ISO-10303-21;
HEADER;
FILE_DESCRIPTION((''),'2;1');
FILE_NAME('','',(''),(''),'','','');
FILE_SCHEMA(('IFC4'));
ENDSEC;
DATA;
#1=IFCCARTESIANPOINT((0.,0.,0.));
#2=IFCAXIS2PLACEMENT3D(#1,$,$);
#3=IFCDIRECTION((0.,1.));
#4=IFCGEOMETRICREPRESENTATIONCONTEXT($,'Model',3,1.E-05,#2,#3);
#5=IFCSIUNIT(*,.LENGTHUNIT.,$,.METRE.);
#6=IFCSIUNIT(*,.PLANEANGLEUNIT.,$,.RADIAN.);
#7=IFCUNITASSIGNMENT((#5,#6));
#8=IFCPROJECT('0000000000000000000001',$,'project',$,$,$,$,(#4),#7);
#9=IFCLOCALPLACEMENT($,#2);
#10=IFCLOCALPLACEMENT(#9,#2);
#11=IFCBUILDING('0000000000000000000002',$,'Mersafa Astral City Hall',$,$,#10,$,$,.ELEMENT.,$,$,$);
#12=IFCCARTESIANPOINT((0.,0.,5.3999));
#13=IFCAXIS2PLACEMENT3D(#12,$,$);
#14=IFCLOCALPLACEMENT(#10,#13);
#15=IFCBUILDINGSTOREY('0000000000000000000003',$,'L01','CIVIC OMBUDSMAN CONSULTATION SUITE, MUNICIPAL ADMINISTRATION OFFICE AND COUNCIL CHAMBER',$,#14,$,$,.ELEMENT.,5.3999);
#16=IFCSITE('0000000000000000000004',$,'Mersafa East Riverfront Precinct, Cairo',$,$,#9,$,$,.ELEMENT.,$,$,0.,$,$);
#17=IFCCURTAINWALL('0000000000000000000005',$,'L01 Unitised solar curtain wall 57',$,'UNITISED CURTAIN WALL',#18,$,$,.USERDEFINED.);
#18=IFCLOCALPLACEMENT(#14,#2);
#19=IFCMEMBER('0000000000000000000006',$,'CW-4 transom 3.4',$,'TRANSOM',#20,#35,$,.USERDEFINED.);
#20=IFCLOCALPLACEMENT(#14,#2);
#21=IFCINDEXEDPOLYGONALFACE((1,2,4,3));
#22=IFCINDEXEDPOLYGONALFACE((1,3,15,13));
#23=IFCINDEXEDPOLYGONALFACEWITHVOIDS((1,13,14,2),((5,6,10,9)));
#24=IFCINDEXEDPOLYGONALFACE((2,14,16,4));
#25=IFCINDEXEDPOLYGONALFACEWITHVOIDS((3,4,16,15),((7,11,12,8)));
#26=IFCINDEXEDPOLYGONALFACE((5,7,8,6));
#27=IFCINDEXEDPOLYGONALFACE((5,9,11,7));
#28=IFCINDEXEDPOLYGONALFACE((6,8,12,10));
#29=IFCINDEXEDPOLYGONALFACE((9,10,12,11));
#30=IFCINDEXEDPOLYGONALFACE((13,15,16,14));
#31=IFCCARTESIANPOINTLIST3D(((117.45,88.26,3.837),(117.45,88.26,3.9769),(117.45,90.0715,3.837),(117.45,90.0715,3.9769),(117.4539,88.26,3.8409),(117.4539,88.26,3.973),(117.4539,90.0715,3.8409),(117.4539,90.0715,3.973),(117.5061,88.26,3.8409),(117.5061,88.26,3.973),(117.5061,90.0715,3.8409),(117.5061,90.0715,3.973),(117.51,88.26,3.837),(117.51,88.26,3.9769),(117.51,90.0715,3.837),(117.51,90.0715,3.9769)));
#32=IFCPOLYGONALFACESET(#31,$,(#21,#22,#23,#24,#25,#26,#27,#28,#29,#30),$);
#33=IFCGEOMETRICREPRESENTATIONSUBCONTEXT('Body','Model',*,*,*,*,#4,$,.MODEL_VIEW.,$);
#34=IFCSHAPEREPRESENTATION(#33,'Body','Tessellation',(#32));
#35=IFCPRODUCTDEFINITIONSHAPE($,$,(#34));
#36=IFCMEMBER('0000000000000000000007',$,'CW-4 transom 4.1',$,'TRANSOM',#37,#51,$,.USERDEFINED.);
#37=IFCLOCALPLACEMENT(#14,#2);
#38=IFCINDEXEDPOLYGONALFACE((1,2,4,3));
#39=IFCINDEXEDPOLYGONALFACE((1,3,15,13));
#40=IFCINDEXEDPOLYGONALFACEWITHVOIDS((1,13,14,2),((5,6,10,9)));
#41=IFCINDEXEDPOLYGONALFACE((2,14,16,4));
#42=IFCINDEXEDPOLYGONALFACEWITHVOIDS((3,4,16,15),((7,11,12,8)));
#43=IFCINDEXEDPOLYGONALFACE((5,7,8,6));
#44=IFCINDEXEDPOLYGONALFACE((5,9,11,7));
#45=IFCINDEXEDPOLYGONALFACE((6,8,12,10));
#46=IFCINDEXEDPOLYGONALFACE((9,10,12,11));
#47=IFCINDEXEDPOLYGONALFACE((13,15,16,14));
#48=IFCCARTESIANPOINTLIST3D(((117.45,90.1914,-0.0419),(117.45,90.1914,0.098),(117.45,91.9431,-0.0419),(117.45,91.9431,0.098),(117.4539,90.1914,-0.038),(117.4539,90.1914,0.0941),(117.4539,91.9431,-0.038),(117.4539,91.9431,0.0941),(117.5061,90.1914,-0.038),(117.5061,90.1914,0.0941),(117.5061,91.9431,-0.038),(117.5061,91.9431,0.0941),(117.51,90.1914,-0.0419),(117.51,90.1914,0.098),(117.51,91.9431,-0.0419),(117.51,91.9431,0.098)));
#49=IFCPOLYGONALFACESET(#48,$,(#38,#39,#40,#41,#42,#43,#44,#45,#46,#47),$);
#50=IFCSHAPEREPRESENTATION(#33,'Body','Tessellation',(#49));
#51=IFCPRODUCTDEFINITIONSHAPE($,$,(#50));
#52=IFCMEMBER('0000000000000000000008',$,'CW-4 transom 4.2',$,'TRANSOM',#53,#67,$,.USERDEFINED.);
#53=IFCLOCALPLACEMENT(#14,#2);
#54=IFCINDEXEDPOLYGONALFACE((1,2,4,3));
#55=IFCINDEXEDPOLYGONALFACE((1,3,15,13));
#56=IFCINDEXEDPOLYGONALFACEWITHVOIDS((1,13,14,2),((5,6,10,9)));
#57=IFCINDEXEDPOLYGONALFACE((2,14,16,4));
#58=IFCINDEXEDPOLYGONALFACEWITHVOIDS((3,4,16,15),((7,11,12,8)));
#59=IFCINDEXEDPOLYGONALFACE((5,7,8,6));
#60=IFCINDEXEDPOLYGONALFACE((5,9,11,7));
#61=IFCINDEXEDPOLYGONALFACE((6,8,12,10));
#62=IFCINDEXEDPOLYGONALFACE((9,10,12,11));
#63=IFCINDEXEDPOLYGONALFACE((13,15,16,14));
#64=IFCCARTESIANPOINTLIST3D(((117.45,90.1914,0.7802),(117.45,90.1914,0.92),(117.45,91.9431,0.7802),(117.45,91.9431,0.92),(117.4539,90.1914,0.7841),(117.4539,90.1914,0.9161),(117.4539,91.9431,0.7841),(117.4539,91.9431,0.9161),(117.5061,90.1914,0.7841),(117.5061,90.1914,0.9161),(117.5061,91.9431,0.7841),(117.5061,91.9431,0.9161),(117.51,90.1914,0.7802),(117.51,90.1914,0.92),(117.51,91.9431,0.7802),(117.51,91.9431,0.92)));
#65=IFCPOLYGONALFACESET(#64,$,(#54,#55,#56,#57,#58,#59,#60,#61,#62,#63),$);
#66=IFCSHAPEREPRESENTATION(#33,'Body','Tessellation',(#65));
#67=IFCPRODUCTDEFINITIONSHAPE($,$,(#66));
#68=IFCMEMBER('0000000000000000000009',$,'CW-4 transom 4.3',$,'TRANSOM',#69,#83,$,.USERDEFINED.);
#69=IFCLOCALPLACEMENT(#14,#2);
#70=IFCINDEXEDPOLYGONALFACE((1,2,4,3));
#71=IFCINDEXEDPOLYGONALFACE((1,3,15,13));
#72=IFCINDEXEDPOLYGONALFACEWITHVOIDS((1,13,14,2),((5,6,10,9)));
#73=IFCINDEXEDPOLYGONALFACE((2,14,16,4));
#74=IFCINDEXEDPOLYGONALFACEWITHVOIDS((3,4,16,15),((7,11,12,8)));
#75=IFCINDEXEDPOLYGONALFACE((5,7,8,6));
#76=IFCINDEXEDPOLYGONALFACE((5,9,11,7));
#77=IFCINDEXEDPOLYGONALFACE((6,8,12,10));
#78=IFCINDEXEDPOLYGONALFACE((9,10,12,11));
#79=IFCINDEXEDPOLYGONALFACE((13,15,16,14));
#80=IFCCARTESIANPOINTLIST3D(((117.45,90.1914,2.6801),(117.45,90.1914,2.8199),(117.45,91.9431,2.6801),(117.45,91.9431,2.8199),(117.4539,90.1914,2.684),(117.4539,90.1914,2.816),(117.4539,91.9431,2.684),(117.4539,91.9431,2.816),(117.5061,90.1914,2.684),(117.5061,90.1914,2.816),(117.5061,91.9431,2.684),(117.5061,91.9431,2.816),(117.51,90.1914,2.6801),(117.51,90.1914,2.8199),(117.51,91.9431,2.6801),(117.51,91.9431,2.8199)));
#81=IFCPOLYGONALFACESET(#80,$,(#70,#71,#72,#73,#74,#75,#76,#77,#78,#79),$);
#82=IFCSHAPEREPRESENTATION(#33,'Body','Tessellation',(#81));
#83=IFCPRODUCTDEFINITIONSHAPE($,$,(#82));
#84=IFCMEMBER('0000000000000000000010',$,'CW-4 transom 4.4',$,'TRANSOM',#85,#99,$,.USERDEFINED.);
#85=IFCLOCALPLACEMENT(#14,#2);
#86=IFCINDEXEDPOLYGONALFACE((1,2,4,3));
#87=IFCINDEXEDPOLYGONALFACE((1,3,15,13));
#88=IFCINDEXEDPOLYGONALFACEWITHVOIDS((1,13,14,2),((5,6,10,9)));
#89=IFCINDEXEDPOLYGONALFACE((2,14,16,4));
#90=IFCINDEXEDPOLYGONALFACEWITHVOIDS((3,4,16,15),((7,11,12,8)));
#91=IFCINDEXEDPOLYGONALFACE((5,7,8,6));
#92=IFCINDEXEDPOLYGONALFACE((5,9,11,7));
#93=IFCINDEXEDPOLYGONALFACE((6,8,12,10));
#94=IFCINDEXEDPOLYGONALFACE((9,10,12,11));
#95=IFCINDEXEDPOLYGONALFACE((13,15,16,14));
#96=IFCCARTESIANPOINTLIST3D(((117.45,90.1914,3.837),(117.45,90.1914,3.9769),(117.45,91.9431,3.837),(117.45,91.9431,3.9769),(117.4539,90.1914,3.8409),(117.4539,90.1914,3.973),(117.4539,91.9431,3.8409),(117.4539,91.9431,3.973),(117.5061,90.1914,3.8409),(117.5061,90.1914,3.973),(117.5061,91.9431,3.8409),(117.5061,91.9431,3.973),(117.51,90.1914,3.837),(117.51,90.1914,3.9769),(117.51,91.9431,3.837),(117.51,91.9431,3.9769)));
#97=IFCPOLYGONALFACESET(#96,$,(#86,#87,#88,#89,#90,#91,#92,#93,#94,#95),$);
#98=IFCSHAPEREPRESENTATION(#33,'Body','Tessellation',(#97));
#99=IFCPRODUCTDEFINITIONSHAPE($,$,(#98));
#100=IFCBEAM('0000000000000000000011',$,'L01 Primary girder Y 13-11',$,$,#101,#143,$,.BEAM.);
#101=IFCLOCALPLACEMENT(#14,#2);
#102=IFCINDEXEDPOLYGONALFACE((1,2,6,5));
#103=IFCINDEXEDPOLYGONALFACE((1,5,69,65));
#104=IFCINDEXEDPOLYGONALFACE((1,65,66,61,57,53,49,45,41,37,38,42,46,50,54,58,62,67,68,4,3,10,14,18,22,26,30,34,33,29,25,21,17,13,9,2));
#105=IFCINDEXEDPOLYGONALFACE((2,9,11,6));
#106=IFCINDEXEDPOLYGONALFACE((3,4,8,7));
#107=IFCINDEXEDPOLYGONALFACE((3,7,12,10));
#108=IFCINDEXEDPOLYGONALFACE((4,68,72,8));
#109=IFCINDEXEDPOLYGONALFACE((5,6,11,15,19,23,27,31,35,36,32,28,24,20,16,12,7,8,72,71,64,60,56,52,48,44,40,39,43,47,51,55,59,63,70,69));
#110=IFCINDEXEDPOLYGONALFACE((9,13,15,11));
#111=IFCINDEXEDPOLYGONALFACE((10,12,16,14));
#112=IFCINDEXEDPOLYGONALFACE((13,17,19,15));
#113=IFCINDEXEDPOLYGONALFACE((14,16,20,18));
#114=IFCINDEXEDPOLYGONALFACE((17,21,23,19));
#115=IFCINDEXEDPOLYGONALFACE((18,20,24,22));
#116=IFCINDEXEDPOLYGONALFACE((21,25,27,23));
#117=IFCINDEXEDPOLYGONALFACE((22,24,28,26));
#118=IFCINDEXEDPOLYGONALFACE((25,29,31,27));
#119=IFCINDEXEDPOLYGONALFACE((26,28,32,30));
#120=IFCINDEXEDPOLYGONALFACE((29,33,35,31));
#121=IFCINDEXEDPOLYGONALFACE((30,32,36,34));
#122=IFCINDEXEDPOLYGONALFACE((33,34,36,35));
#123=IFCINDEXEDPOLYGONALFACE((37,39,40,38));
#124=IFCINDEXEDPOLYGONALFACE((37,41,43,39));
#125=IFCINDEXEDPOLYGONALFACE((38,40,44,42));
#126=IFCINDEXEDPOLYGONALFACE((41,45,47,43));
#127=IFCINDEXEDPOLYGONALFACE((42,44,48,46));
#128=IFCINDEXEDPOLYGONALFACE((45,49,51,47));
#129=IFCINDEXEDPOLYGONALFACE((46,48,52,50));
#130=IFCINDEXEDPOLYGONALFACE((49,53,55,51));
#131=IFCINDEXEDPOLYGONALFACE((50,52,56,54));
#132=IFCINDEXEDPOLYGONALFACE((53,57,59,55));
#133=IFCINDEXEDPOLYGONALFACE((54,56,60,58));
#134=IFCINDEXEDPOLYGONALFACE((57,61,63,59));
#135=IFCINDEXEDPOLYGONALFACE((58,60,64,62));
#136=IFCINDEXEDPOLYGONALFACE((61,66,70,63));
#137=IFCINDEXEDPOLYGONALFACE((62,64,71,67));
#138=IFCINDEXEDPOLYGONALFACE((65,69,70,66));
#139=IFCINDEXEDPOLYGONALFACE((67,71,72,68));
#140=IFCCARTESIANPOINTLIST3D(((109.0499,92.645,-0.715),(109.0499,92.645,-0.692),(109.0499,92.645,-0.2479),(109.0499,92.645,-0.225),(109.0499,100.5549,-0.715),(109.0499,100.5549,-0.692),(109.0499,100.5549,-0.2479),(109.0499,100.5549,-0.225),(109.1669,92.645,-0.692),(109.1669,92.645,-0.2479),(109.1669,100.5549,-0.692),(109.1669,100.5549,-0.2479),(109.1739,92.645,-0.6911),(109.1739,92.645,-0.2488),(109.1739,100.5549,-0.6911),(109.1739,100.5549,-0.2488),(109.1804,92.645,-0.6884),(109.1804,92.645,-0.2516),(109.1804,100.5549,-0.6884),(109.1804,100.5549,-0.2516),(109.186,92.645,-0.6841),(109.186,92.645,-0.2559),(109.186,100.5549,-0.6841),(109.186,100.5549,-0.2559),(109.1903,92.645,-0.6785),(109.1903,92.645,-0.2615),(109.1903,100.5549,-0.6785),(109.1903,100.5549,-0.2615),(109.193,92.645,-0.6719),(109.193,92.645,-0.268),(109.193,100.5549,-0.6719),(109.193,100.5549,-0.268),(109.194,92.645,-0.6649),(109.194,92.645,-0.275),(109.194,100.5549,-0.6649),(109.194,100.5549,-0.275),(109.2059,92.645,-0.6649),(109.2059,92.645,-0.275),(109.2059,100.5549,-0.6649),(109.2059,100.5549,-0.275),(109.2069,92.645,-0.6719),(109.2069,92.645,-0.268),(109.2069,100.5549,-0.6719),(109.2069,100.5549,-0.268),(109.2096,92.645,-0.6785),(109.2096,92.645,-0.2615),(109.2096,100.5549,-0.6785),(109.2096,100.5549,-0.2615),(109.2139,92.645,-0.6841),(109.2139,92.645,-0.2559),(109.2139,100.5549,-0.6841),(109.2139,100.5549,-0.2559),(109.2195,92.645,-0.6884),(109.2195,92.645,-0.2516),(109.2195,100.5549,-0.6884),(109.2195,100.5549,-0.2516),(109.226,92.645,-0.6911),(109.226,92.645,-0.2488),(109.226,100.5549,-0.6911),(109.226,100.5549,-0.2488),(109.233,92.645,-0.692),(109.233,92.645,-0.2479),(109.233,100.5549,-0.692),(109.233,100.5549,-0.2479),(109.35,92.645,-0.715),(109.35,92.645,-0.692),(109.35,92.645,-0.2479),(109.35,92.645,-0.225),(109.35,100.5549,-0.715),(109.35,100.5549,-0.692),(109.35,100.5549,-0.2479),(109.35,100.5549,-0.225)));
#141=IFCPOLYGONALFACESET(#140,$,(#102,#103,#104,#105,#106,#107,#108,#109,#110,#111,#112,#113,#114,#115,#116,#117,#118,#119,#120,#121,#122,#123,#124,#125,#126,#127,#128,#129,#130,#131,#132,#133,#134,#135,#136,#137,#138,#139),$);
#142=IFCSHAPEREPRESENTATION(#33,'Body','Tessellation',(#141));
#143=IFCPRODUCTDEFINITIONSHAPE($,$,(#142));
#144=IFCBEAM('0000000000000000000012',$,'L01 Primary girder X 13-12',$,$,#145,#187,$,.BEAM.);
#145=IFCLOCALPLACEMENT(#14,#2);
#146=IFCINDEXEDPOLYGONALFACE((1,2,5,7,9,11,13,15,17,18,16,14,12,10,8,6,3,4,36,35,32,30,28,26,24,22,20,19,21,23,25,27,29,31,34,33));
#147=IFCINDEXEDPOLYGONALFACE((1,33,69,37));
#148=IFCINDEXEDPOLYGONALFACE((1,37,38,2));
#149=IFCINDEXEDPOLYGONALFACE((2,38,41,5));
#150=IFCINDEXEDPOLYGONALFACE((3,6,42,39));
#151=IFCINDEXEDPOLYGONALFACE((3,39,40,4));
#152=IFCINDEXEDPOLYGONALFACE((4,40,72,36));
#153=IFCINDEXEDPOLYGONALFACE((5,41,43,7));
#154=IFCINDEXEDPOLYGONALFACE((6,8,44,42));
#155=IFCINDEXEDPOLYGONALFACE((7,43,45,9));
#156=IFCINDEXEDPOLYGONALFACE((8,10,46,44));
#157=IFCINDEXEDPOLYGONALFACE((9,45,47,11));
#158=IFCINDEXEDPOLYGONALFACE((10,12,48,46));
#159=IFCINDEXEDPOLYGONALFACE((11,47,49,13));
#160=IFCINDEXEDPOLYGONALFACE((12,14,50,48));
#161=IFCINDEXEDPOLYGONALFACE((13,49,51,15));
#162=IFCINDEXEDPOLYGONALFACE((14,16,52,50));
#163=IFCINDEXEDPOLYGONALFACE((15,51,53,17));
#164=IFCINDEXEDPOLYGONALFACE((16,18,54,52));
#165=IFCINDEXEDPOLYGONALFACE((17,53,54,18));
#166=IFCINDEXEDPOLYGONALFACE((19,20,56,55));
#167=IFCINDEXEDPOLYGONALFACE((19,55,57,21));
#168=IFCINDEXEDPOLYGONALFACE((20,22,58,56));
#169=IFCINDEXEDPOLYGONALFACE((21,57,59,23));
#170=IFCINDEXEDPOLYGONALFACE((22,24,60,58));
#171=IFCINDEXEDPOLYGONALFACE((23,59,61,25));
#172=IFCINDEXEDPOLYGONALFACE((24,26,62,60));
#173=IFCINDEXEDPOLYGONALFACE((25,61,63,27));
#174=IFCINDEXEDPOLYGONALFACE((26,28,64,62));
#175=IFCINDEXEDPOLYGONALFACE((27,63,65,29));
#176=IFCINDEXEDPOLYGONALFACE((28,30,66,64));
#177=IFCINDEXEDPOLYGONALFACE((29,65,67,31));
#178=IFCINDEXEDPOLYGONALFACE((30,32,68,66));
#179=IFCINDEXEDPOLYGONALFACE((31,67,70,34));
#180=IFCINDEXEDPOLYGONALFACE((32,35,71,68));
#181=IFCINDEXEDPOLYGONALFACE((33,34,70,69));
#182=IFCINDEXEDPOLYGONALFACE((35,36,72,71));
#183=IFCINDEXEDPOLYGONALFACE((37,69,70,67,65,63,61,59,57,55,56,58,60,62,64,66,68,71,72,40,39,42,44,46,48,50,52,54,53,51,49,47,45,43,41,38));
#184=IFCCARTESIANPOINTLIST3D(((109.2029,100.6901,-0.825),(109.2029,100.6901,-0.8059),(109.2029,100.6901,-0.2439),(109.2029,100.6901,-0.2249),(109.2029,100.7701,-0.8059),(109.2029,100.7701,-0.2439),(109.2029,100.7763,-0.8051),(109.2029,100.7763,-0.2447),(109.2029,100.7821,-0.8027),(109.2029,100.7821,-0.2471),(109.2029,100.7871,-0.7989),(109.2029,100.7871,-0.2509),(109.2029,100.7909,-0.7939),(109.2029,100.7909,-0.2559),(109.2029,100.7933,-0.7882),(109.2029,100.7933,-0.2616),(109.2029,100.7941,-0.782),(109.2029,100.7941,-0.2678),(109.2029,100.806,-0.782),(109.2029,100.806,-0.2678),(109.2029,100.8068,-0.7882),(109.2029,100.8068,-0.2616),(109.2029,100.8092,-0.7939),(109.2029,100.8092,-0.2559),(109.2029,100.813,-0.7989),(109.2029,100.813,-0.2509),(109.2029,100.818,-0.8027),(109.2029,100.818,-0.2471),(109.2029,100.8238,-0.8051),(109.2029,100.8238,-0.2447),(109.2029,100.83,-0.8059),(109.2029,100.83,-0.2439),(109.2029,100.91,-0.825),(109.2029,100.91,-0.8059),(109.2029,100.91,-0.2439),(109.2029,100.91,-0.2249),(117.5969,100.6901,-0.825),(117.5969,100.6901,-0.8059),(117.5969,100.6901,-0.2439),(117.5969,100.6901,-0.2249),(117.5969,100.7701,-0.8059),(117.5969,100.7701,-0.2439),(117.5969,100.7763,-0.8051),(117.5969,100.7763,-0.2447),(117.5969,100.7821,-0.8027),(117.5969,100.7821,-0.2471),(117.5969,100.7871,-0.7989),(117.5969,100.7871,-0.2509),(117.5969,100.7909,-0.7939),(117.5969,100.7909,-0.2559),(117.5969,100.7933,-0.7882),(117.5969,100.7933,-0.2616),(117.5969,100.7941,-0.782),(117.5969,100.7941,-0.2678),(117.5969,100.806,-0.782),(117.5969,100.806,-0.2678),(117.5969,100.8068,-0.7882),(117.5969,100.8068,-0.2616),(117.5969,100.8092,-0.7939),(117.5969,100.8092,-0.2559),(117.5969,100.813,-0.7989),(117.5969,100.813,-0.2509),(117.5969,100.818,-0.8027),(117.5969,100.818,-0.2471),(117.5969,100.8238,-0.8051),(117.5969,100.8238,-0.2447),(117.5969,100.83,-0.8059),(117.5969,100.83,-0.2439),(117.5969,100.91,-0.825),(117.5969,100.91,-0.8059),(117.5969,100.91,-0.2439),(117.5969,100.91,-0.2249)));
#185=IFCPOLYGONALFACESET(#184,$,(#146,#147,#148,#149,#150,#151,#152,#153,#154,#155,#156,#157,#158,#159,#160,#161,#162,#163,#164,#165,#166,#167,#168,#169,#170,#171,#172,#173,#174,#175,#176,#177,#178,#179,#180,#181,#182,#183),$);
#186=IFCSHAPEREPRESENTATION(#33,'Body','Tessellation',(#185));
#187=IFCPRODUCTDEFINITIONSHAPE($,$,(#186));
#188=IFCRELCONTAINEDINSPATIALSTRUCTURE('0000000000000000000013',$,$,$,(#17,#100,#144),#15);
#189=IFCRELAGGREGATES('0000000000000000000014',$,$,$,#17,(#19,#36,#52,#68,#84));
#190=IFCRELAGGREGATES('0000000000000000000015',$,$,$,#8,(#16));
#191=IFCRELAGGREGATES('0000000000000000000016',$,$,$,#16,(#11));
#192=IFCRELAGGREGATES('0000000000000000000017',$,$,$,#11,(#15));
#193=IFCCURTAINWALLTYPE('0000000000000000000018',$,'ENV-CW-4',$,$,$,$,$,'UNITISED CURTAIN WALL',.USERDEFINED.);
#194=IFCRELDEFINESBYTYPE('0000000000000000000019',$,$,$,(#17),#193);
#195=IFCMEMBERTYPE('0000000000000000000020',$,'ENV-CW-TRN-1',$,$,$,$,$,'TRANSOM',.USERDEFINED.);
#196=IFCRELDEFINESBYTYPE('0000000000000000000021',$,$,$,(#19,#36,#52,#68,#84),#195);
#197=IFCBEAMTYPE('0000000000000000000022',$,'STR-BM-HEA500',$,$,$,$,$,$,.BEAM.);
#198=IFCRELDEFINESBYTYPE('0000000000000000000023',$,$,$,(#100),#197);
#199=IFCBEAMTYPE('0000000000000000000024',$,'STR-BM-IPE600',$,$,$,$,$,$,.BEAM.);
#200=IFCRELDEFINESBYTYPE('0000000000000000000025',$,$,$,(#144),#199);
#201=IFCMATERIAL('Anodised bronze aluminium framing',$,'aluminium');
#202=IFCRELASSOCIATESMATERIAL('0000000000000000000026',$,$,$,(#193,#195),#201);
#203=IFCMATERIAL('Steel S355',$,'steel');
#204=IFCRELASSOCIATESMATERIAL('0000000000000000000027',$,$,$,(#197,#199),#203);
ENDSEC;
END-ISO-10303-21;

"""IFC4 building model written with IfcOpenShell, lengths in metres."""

from ifc_helpers import new_model, si_unit, direction, frame, origin, origin_2d, place, context, subcontext, project, spatial, hollow_rectangle, i_section, extrude, material, material_profile, profile_set, type_object, element, aggregate, save


model = new_model("IFC4")

# Units and contexts
model_context = context("Model", 3, precision=1e-05, world=origin(), true_north=direction((0.0, 1.0)))
body_context = subcontext(model_context, "Body", "Model", "MODEL_VIEW")
ifc_project = project(units=[si_unit("LENGTHUNIT", "METRE"), si_unit("PLANEANGLEUNIT", "RADIAN")], contexts=[model_context])

# Site, building, storey
site_placement = place(None, origin())
site = spatial("IfcSite", under=ifc_project, at=site_placement, Name="Mersafa East Riverfront Precinct, Cairo", CompositionType="ELEMENT", RefElevation=0.0)
building_placement = place(site_placement, origin())
building = spatial("IfcBuilding", under=site, at=building_placement, Name="Mersafa Astral City Hall", CompositionType="ELEMENT")
storey_placement = place(building_placement, frame((0.0, 0.0, 5.3999)))
storey = spatial("IfcBuildingStorey", under=building, at=storey_placement, Name="L01", Description="CIVIC OMBUDSMAN CONSULTATION SUITE, MUNICIPAL ADMINISTRATION OFFICE AND COUNCIL CHAMBER", CompositionType="ELEMENT", Elevation=5.3999)

# Shared definitions
ifc_material_1 = material(Name="Steel S355", Category="steel")

# Curtain wall, members
ifc_material_2 = material(Name="Anodised bronze aluminium framing", Category="aluminium")
curtain_wall_type = type_object("IfcCurtainWallType", Name="ENV-CW-4", ElementType="UNITISED CURTAIN WALL", PredefinedType="USERDEFINED", material=ifc_material_2)
curtain_wall_placement = place(storey_placement, origin())
curtain_wall = element("IfcCurtainWall", 1, at=curtain_wall_placement, inside=storey, type_object=curtain_wall_type, Name="L01 Unitised solar curtain wall 57", ObjectType="UNITISED CURTAIN WALL", PredefinedType="USERDEFINED")
ifc_material_profile_1 = material_profile(ifc_material_2, hollow_rectangle(XDim=0.0601, YDim=0.1399, WallThickness=0.0039, at=origin_2d()), Name="RHS 60x140x4")
ifc_profile_set_1 = profile_set([ifc_material_profile_1], Name="Anodised bronze aluminium framing")
member_type_1 = type_object("IfcMemberType", Name="ENV-CW-TRN-1", ElementType="TRANSOM", PredefinedType="USERDEFINED", material=ifc_profile_set_1)
member_1_placement = place(storey_placement, frame((117.48, 88.26, 3.907), z_axis=(0.0, 1.0, 0.0), x_axis=(-1.0, 0.0, 0.0)))
member_1 = element("IfcMember", 2, at=member_1_placement, type_object=member_type_1, Name="CW-4 transom 3.4", ObjectType="TRANSOM", PredefinedType="USERDEFINED", context=body_context, shape_type="SweptSolid", body=[
    extrude(hollow_rectangle(XDim=0.0601, YDim=0.1399, WallThickness=0.0039, at=origin_2d()), origin(), (0.0, 0.0, 1.0), 1.8115),
])
member_2_placement = place(storey_placement, frame((117.48, 90.1914, 0.0281), z_axis=(0.0, 1.0, 0.0), x_axis=(-1.0, 0.0, 0.0)))
member_2 = element("IfcMember", 3, at=member_2_placement, type_object=member_type_1, Name="CW-4 transom 4.1", ObjectType="TRANSOM", PredefinedType="USERDEFINED", context=body_context, shape_type="SweptSolid", body=[
    extrude(hollow_rectangle(XDim=0.0601, YDim=0.1399, WallThickness=0.0039, at=origin_2d()), origin(), (0.0, 0.0, 1.0), 1.7517),
])
member_3_placement = place(storey_placement, frame((117.48, 90.1914, 0.8501), z_axis=(0.0, 1.0, 0.0), x_axis=(-1.0, 0.0, 0.0)))
member_3 = element("IfcMember", 4, at=member_3_placement, type_object=member_type_1, Name="CW-4 transom 4.2", ObjectType="TRANSOM", PredefinedType="USERDEFINED", context=body_context, shape_type="SweptSolid", body=[
    extrude(hollow_rectangle(XDim=0.0601, YDim=0.1399, WallThickness=0.0039, at=origin_2d()), origin(), (0.0, 0.0, 1.0), 1.7517),
])
member_4_placement = place(storey_placement, frame((117.48, 90.1914, 2.75), z_axis=(0.0, 1.0, 0.0), x_axis=(-1.0, 0.0, 0.0)))
member_4 = element("IfcMember", 5, at=member_4_placement, type_object=member_type_1, Name="CW-4 transom 4.3", ObjectType="TRANSOM", PredefinedType="USERDEFINED", context=body_context, shape_type="SweptSolid", body=[
    extrude(hollow_rectangle(XDim=0.0601, YDim=0.1399, WallThickness=0.0039, at=origin_2d()), origin(), (0.0, 0.0, 1.0), 1.7517),
])
member_5_placement = place(storey_placement, frame((117.48, 90.1914, 3.907), z_axis=(0.0, 1.0, 0.0), x_axis=(-1.0, 0.0, 0.0)))
member_5 = element("IfcMember", 6, at=member_5_placement, type_object=member_type_1, Name="CW-4 transom 4.4", ObjectType="TRANSOM", PredefinedType="USERDEFINED", context=body_context, shape_type="SweptSolid", body=[
    extrude(hollow_rectangle(XDim=0.0601, YDim=0.1399, WallThickness=0.0039, at=origin_2d()), origin(), (0.0, 0.0, 1.0), 1.7517),
])

# Beams
ifc_material_profile_2 = material_profile(ifc_material_1, i_section(OverallWidth=0.3, OverallDepth=0.49, WebThickness=0.012, FlangeThickness=0.0229, FilletRadius=0.0271, at=origin_2d()), Name="HEA 500")
ifc_profile_set_2 = profile_set([ifc_material_profile_2], Name="Steel S355")
beam_type_1 = type_object("IfcBeamType", Name="STR-BM-HEA500", PredefinedType="BEAM", material=ifc_profile_set_2)
beam_1_placement = place(storey_placement, frame((109.2, 92.645, -0.47), z_axis=(0.0, 1.0, 0.0), x_axis=(-1.0, 0.0, 0.0)))
element("IfcBeam", 7, at=beam_1_placement, inside=storey, type_object=beam_type_1, Name="L01 Primary girder Y 13-11", PredefinedType="BEAM", context=body_context, shape_type="SweptSolid", body=[
    extrude(i_section(OverallWidth=0.3, OverallDepth=0.49, WebThickness=0.012, FlangeThickness=0.0229, FilletRadius=0.0271, at=origin_2d()), origin(), (0.0, 0.0, 1.0), 7.9099),
])
ifc_material_profile_3 = material_profile(ifc_material_1, i_section(OverallWidth=0.22, OverallDepth=0.6001, WebThickness=0.012, FlangeThickness=0.019, FilletRadius=0.0239, at=origin_2d()), Name="IPE 600")
ifc_profile_set_3 = profile_set([ifc_material_profile_3], Name="Steel S355")
beam_type_2 = type_object("IfcBeamType", Name="STR-BM-IPE600", PredefinedType="BEAM", material=ifc_profile_set_3)
beam_2_placement = place(storey_placement, frame((109.2029, 100.8, -0.5249), z_axis=(1.0, 0.0, 0.0), x_axis=(0.0, 1.0, 0.0)))
element("IfcBeam", 8, at=beam_2_placement, inside=storey, type_object=beam_type_2, Name="L01 Primary girder X 13-12", PredefinedType="BEAM", context=body_context, shape_type="SweptSolid", body=[
    extrude(i_section(OverallWidth=0.22, OverallDepth=0.6001, WebThickness=0.012, FlangeThickness=0.019, FilletRadius=0.0239, at=origin_2d()), origin(), (0.0, 0.0, 1.0), 8.394),
])

aggregate(curtain_wall, [member_1, member_2, member_3, member_4, member_5])

save(model, "model.ifc")
